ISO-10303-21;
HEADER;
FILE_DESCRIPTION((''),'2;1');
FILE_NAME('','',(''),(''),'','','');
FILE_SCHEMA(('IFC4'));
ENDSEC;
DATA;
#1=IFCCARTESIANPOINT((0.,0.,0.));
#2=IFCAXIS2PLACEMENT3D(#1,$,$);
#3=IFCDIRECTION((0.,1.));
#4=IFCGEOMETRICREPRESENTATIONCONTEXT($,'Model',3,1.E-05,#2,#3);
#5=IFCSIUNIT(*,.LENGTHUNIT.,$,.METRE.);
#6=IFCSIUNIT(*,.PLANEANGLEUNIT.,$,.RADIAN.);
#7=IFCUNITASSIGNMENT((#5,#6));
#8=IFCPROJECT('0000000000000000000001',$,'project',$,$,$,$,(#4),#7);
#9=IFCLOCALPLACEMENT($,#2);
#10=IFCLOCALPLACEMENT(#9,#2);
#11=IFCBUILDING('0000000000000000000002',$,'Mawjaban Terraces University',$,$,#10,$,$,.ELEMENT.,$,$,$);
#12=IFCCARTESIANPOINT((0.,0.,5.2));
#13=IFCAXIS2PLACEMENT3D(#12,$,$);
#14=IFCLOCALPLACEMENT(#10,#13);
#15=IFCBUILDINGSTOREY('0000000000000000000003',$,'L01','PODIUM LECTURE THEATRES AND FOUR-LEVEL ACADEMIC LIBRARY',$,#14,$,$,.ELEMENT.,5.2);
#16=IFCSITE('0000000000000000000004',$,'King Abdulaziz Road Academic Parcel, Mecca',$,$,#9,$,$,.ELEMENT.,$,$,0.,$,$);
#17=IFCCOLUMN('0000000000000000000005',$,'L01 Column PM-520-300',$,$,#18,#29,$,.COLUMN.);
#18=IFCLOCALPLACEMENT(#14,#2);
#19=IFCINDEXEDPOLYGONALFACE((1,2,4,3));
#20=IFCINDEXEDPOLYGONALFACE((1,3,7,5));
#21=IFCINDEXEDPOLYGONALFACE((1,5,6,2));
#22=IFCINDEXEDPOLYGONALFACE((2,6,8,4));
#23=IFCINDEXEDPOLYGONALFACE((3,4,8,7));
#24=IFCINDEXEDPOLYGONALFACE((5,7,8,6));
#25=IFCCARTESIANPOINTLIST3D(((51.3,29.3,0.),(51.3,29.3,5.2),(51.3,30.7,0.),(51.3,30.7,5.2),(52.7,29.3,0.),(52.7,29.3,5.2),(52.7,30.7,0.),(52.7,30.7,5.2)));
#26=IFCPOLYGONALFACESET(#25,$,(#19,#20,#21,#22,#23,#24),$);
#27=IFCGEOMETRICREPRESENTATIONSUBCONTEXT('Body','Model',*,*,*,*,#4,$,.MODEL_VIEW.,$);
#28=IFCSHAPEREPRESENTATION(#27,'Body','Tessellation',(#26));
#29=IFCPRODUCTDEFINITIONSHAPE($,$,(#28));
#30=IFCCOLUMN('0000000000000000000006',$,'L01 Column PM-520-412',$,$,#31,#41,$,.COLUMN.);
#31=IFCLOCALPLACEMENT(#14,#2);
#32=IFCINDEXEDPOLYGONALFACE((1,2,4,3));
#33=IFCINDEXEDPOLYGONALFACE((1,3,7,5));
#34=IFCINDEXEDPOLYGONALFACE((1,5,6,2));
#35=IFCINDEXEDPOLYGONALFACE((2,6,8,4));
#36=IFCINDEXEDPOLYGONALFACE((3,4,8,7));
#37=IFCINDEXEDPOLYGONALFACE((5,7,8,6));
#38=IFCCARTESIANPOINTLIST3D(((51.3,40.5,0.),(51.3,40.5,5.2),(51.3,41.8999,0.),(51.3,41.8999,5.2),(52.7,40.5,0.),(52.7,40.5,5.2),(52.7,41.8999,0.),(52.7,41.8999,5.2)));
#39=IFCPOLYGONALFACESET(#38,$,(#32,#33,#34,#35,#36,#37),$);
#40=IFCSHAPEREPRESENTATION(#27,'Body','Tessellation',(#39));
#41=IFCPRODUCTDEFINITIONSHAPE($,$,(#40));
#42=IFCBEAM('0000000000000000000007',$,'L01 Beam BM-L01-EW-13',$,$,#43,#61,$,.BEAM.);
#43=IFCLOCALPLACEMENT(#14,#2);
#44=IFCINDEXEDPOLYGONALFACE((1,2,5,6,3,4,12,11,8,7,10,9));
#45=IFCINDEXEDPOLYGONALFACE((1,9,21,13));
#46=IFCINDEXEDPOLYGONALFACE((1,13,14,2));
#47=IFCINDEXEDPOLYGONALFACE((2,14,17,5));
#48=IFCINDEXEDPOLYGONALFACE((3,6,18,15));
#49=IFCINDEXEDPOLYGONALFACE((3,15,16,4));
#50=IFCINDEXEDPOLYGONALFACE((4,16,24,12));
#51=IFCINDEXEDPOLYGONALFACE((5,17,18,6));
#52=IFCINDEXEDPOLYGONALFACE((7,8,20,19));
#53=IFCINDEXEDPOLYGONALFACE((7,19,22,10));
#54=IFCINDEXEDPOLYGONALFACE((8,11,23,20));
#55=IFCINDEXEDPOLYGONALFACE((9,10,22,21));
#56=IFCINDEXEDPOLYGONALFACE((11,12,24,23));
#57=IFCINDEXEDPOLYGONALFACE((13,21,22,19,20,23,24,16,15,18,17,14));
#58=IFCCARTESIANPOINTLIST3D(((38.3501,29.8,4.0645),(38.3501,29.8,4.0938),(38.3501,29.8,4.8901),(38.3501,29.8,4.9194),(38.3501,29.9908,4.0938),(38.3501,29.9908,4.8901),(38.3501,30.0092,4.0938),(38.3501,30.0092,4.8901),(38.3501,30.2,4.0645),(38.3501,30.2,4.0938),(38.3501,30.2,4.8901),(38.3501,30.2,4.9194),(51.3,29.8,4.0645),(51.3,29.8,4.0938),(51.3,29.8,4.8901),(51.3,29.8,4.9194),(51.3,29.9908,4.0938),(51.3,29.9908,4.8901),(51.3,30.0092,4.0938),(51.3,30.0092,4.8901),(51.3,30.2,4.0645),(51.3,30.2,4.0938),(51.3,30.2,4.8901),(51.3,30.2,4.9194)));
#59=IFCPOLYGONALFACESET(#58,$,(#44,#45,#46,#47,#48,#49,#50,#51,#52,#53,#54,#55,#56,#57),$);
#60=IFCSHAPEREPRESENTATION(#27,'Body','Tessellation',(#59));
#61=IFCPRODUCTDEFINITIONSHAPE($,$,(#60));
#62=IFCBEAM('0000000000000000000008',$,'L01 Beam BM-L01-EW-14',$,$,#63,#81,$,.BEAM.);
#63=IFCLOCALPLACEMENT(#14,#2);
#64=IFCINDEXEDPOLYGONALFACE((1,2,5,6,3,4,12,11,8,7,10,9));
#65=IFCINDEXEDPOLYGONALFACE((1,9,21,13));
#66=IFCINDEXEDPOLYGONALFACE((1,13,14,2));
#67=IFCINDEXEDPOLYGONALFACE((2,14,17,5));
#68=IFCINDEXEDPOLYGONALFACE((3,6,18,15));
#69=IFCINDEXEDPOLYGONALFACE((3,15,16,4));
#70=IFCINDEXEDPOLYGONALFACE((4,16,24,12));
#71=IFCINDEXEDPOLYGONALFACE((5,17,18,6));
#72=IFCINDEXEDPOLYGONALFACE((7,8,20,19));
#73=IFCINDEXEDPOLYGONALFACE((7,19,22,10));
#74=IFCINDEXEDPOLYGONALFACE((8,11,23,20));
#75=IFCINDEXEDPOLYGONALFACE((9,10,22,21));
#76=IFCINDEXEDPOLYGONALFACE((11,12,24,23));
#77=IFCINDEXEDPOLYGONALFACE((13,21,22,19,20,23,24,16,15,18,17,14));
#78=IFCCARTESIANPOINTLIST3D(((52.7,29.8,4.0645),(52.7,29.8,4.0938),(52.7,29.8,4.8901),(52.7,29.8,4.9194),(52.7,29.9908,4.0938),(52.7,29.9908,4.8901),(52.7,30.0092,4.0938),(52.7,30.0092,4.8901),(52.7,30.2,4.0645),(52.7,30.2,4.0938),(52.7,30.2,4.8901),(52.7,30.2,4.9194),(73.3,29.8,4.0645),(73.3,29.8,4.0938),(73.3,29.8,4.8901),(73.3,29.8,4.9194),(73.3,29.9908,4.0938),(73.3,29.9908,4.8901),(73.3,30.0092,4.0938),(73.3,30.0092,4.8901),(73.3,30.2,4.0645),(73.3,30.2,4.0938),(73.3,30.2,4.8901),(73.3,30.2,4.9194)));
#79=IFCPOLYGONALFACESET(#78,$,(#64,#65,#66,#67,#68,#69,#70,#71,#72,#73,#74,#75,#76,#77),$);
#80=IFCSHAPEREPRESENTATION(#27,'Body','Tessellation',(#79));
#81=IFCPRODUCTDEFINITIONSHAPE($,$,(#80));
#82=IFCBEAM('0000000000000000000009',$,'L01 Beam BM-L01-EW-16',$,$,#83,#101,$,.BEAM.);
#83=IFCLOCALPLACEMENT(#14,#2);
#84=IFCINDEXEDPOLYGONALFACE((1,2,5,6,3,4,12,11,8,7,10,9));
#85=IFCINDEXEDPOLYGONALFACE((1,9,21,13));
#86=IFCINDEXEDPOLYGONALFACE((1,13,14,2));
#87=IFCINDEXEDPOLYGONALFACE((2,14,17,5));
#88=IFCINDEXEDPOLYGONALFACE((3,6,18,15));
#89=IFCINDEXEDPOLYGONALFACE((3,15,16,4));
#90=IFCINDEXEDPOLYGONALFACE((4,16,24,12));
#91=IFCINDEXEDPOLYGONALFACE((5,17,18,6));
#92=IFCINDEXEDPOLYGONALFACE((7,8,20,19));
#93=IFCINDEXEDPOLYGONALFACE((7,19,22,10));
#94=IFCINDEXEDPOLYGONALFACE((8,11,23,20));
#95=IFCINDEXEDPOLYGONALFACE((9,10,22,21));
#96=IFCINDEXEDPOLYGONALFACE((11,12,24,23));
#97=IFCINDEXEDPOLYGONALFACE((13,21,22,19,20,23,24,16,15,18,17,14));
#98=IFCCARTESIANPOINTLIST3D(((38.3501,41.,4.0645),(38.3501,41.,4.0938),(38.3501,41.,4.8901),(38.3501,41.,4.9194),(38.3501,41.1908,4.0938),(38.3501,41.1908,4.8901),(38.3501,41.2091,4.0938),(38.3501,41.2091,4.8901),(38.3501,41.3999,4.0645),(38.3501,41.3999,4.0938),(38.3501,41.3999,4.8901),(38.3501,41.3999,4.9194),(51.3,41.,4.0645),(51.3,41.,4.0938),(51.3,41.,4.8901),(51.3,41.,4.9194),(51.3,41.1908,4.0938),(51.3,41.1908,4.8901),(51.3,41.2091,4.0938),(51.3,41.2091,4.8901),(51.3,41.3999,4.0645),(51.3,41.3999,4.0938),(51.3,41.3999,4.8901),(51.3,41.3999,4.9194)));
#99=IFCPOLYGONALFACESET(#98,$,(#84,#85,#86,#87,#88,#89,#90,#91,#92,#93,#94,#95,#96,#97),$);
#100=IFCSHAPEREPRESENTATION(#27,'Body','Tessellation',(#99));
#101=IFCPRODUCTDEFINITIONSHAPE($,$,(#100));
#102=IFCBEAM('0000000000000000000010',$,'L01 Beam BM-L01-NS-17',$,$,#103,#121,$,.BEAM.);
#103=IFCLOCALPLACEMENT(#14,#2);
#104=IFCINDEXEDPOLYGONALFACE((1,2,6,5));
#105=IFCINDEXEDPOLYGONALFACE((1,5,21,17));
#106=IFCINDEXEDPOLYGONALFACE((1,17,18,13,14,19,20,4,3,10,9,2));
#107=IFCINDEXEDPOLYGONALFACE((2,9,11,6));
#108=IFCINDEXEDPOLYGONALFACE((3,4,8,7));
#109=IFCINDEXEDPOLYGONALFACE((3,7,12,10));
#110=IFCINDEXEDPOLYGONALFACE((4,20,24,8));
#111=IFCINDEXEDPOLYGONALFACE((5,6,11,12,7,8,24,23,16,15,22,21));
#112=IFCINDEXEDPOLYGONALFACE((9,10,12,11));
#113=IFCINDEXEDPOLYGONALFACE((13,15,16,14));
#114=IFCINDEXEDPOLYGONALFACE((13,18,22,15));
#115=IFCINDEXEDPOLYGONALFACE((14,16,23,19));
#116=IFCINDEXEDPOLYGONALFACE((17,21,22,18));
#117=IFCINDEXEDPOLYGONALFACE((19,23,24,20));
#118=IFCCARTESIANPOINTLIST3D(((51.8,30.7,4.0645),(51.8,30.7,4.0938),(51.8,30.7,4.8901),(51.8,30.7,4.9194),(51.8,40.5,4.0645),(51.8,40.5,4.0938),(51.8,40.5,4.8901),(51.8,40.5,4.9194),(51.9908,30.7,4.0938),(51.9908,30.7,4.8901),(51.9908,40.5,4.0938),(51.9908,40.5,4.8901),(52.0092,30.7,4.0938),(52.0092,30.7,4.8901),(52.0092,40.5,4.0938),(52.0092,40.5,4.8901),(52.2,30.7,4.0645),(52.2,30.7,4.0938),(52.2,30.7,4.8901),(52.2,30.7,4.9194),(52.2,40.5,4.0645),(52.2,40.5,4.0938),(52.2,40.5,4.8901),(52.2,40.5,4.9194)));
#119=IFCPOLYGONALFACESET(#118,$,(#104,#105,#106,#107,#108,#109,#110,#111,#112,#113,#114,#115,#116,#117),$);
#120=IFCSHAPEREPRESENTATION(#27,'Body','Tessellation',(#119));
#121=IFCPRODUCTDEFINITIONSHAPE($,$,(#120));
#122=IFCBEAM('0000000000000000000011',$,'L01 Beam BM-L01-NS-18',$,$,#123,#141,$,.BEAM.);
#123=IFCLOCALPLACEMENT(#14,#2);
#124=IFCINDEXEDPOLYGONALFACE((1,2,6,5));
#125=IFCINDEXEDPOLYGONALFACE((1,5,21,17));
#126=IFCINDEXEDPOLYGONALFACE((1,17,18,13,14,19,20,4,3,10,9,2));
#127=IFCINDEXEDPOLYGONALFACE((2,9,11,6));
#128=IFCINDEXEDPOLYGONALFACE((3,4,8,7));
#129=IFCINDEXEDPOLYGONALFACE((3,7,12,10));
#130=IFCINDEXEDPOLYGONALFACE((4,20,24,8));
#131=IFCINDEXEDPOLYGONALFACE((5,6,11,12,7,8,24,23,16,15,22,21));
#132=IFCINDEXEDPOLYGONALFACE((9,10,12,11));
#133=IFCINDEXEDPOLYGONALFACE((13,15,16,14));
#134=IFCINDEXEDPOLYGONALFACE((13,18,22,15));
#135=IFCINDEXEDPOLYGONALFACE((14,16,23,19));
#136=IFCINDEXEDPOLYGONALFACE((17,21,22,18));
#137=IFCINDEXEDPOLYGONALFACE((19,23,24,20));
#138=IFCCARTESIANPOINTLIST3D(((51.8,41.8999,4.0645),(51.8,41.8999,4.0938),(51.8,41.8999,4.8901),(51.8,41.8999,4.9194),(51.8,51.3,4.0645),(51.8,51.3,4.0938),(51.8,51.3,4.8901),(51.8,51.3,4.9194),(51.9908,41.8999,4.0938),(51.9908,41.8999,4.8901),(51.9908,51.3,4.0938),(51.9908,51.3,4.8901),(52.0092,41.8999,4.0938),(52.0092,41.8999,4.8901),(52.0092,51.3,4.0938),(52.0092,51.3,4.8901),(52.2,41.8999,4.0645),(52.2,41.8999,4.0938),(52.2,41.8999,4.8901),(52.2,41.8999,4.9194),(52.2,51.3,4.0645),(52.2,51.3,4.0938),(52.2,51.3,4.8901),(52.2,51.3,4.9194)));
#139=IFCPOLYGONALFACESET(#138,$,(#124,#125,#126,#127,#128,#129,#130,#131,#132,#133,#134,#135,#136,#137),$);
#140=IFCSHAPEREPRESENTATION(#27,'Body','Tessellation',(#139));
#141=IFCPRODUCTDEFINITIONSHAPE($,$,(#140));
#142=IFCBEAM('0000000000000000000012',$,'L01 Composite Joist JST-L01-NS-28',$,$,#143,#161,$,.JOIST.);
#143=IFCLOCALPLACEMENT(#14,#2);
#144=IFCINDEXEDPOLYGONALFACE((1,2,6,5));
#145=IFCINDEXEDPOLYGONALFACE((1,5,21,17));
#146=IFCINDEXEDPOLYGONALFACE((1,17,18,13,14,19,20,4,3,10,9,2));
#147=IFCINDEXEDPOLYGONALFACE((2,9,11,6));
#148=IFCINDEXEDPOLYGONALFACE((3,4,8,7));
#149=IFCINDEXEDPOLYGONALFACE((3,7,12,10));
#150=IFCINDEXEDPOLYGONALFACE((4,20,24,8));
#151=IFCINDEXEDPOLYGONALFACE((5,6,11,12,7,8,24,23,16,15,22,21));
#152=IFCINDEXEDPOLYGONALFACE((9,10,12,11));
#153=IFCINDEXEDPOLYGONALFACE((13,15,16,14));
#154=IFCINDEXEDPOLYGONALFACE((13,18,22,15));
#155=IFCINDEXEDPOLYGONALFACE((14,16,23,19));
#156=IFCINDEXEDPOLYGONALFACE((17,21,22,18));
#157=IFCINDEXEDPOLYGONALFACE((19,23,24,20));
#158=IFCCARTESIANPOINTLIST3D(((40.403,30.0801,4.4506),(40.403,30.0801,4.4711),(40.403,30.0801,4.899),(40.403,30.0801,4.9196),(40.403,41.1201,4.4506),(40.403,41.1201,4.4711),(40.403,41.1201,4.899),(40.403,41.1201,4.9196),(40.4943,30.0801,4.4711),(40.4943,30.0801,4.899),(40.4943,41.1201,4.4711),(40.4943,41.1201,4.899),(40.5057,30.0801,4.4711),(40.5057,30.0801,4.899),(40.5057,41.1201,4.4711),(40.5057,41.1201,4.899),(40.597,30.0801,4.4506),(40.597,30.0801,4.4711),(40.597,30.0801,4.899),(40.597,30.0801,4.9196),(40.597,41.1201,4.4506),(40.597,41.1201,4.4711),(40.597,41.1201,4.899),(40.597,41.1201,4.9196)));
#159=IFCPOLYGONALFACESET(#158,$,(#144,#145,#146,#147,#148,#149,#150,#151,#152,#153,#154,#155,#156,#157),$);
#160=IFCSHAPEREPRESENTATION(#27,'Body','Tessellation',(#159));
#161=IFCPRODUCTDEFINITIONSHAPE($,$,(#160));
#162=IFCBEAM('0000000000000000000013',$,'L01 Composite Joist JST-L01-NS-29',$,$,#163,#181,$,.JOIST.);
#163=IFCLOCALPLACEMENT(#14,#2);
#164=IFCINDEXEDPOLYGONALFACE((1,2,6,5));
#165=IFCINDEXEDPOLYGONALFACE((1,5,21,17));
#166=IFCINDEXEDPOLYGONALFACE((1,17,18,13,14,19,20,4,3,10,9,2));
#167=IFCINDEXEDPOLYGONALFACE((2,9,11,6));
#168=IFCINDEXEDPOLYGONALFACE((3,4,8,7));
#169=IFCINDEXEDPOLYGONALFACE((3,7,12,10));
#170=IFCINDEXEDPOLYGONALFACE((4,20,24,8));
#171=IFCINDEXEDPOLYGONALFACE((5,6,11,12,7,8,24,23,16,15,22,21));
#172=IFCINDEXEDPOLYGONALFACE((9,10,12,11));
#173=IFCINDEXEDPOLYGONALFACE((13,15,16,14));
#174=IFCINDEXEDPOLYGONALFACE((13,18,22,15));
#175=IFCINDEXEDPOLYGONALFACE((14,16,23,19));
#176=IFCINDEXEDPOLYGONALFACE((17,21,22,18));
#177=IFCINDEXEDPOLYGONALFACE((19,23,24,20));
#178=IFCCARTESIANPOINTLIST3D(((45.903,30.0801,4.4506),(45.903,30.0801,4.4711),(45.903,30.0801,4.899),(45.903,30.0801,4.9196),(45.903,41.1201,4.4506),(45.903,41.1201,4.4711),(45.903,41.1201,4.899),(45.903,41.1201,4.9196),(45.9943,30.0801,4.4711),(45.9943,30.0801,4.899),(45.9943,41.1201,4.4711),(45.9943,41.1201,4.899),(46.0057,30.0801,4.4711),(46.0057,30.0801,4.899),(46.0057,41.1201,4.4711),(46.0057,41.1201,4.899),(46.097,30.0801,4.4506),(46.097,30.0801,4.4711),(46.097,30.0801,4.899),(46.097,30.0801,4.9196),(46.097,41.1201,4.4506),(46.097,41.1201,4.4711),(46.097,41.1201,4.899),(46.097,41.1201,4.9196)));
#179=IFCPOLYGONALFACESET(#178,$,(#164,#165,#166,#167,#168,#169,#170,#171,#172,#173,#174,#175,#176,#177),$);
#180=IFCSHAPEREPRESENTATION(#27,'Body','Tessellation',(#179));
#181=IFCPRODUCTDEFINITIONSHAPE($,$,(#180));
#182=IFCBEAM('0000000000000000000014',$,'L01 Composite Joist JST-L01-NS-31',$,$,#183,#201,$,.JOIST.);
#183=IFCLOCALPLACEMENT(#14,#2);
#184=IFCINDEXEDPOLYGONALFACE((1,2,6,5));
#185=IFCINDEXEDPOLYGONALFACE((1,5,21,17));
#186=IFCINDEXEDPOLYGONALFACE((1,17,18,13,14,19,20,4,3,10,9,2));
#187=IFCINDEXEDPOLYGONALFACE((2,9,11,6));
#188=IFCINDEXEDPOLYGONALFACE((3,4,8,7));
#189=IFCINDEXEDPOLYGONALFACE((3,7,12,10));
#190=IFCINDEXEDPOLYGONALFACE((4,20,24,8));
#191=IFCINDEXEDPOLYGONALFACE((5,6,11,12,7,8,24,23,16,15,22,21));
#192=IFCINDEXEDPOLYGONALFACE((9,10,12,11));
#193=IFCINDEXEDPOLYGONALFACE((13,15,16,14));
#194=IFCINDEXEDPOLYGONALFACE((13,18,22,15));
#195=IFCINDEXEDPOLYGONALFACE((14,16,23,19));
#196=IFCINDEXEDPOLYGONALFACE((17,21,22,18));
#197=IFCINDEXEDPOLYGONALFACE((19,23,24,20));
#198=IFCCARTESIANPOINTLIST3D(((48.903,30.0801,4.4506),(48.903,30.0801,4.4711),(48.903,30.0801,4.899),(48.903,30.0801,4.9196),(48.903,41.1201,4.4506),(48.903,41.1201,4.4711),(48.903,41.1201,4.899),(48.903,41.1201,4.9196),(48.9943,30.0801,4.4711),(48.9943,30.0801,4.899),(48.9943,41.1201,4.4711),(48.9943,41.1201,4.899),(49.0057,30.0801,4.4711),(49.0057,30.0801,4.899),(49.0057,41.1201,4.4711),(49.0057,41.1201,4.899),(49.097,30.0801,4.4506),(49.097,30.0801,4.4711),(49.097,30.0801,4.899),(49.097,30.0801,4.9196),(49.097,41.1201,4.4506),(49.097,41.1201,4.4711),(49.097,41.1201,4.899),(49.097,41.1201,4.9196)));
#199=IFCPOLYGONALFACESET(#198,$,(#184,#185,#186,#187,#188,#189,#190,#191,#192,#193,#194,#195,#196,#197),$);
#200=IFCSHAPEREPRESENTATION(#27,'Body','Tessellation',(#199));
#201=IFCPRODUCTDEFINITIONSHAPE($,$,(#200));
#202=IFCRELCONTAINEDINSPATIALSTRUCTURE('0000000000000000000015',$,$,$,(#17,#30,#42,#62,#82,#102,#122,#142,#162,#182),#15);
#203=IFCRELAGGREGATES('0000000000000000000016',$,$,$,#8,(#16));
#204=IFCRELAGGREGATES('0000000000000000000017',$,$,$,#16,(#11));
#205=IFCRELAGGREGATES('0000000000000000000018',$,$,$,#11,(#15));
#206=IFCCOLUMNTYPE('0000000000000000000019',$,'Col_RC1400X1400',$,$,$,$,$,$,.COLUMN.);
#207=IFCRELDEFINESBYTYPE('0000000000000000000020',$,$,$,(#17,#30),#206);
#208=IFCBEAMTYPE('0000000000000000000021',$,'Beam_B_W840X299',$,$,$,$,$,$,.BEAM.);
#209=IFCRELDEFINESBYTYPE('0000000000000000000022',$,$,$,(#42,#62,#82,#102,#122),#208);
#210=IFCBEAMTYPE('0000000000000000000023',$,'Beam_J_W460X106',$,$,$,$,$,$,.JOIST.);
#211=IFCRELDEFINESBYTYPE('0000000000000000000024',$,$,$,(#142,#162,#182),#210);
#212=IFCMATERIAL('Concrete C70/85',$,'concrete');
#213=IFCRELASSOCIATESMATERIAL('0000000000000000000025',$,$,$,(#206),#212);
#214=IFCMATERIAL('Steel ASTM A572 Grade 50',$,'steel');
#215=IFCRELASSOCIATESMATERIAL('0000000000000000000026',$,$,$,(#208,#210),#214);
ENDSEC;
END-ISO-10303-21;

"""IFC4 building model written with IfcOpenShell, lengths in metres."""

from ifc_helpers import new_model, si_unit, direction, frame, origin, origin_2d, place, context, subcontext, project, spatial, rectangle, i_section, extrude, material, material_profile, profile_set, type_object, element, save


model = new_model("IFC4")

# Units and contexts
model_context = context("Model", 3, precision=1e-05, world=origin(), true_north=direction((0.0, 1.0)))
body_context = subcontext(model_context, "Body", "Model", "MODEL_VIEW")
ifc_project = project(units=[si_unit("LENGTHUNIT", "METRE"), si_unit("PLANEANGLEUNIT", "RADIAN")], contexts=[model_context])

# Site, building, storey
site_placement = place(None, origin())
site = spatial("IfcSite", under=ifc_project, at=site_placement, Name="King Abdulaziz Road Academic Parcel, Mecca", CompositionType="ELEMENT", RefElevation=0.0)
building_placement = place(site_placement, origin())
building = spatial("IfcBuilding", under=site, at=building_placement, Name="Mawjaban Terraces University", CompositionType="ELEMENT")
storey_placement = place(building_placement, frame((0.0, 0.0, 5.2)))
storey = spatial("IfcBuildingStorey", under=building, at=storey_placement, Name="L01", Description="PODIUM LECTURE THEATRES AND FOUR-LEVEL ACADEMIC LIBRARY", CompositionType="ELEMENT", Elevation=5.2)

# Columns
ifc_material_1 = material(Name="Concrete C70/85", Category="concrete")
ifc_material_profile_1 = material_profile(ifc_material_1, rectangle(XDim=1.3999, YDim=1.3999, at=origin_2d()), Name="RC1400X1400")
ifc_profile_set_1 = profile_set([ifc_material_profile_1], Name="Concrete C70/85")
column_type = type_object("IfcColumnType", Name="Col_RC1400X1400", PredefinedType="COLUMN", material=ifc_profile_set_1)
for number, where, z_axis, x_axis, name in (
    (1, (52.0, 30.0, 0.0), (0.0, 0.0, 1.0), (1.0, 0.0, 0.0), "L01 Column PM-520-300"),
    (2, (52.0, 41.2, 0.0), (0.0, 0.0, 1.0), (1.0, 0.0, 0.0), "L01 Column PM-520-412"),
):
    element("IfcColumn", number, at=place(storey_placement, frame(where, z_axis=z_axis, x_axis=x_axis)), inside=storey, type_object=column_type, Name=name, PredefinedType="COLUMN", context=body_context, shape_type="SweptSolid", body=[
        extrude(rectangle(XDim=1.3999, YDim=1.3999, at=origin_2d()), origin(), (0.0, 0.0, 1.0), 5.2),
    ])

# Beams
ifc_material_2 = material(Name="Steel ASTM A572 Grade 50", Category="steel")
ifc_material_profile_2 = material_profile(ifc_material_2, i_section(OverallWidth=0.3999, OverallDepth=0.855, WebThickness=0.0183, FlangeThickness=0.0293, at=origin_2d()), Name="W840X299")
ifc_profile_set_2 = profile_set([ifc_material_profile_2], Name="Steel ASTM A572 Grade 50")
beam_type_1 = type_object("IfcBeamType", Name="Beam_B_W840X299", PredefinedType="BEAM", material=ifc_profile_set_2)
beam_1_placement = place(storey_placement, frame((38.3501, 30.0, 4.4919), z_axis=(1.0, 0.0, 0.0), x_axis=(0.0, 1.0, 0.0)))
element("IfcBeam", 3, at=beam_1_placement, inside=storey, type_object=beam_type_1, Name="L01 Beam BM-L01-EW-13", PredefinedType="BEAM", context=body_context, shape_type="SweptSolid", body=[
    extrude(i_section(OverallWidth=0.3999, OverallDepth=0.855, WebThickness=0.0183, FlangeThickness=0.0293, at=origin_2d()), origin(), (0.0, 0.0, 1.0), 12.95),
])
beam_2_placement = place(storey_placement, frame((52.7, 30.0, 4.4919), z_axis=(1.0, 0.0, 0.0), x_axis=(0.0, 1.0, 0.0)))
element("IfcBeam", 4, at=beam_2_placement, inside=storey, type_object=beam_type_1, Name="L01 Beam BM-L01-EW-14", PredefinedType="BEAM", context=body_context, shape_type="SweptSolid", body=[
    extrude(i_section(OverallWidth=0.3999, OverallDepth=0.855, WebThickness=0.0183, FlangeThickness=0.0293, at=origin_2d()), origin(), (0.0, 0.0, 1.0), 20.6001),
])
beam_3_placement = place(storey_placement, frame((38.3501, 41.2, 4.4919), z_axis=(1.0, 0.0, 0.0), x_axis=(0.0, 1.0, 0.0)))
element("IfcBeam", 5, at=beam_3_placement, inside=storey, type_object=beam_type_1, Name="L01 Beam BM-L01-EW-16", PredefinedType="BEAM", context=body_context, shape_type="SweptSolid", body=[
    extrude(i_section(OverallWidth=0.3999, OverallDepth=0.855, WebThickness=0.0183, FlangeThickness=0.0293, at=origin_2d()), origin(), (0.0, 0.0, 1.0), 12.95),
])
beam_4_placement = place(storey_placement, frame((52.0, 30.7, 4.4919), z_axis=(0.0, 1.0, 0.0), x_axis=(-1.0, 0.0, 0.0)))
element("IfcBeam", 6, at=beam_4_placement, inside=storey, type_object=beam_type_1, Name="L01 Beam BM-L01-NS-17", PredefinedType="BEAM", context=body_context, shape_type="SweptSolid", body=[
    extrude(i_section(OverallWidth=0.3999, OverallDepth=0.855, WebThickness=0.0183, FlangeThickness=0.0293, at=origin_2d()), origin(), (0.0, 0.0, 1.0), 9.8),
])
beam_5_placement = place(storey_placement, frame((52.0, 41.8999, 4.4919), z_axis=(0.0, 1.0, 0.0), x_axis=(-1.0, 0.0, 0.0)))
element("IfcBeam", 7, at=beam_5_placement, inside=storey, type_object=beam_type_1, Name="L01 Beam BM-L01-NS-18", PredefinedType="BEAM", context=body_context, shape_type="SweptSolid", body=[
    extrude(i_section(OverallWidth=0.3999, OverallDepth=0.855, WebThickness=0.0183, FlangeThickness=0.0293, at=origin_2d()), origin(), (0.0, 0.0, 1.0), 9.4001),
])
ifc_material_profile_3 = material_profile(ifc_material_2, i_section(OverallWidth=0.1941, OverallDepth=0.469, WebThickness=0.0115, FlangeThickness=0.0205, at=origin_2d()), Name="W460X106")
ifc_profile_set_3 = profile_set([ifc_material_profile_3], Name="Steel ASTM A572 Grade 50")
beam_type_2 = type_object("IfcBeamType", Name="Beam_J_W460X106", PredefinedType="JOIST", material=ifc_profile_set_3)
for number, where, z_axis, x_axis, name in (
    (8, (40.5, 30.0801, 4.6851), (0.0, 1.0, 0.0), (-1.0, 0.0, 0.0), "L01 Composite Joist JST-L01-NS-28"),
    (9, (46.0, 30.0801, 4.6851), (0.0, 1.0, 0.0), (-1.0, 0.0, 0.0), "L01 Composite Joist JST-L01-NS-29"),
    (10, (49.0, 30.0801, 4.6851), (0.0, 1.0, 0.0), (-1.0, 0.0, 0.0), "L01 Composite Joist JST-L01-NS-31"),
):
    element("IfcBeam", number, at=place(storey_placement, frame(where, z_axis=z_axis, x_axis=x_axis)), inside=storey, type_object=beam_type_2, Name=name, PredefinedType="JOIST", context=body_context, shape_type="SweptSolid", body=[
        extrude(i_section(OverallWidth=0.1941, OverallDepth=0.469, WebThickness=0.0115, FlangeThickness=0.0205, at=origin_2d()), origin(), (0.0, 0.0, 1.0), 11.04),
    ])

save(model, "model.ifc")
